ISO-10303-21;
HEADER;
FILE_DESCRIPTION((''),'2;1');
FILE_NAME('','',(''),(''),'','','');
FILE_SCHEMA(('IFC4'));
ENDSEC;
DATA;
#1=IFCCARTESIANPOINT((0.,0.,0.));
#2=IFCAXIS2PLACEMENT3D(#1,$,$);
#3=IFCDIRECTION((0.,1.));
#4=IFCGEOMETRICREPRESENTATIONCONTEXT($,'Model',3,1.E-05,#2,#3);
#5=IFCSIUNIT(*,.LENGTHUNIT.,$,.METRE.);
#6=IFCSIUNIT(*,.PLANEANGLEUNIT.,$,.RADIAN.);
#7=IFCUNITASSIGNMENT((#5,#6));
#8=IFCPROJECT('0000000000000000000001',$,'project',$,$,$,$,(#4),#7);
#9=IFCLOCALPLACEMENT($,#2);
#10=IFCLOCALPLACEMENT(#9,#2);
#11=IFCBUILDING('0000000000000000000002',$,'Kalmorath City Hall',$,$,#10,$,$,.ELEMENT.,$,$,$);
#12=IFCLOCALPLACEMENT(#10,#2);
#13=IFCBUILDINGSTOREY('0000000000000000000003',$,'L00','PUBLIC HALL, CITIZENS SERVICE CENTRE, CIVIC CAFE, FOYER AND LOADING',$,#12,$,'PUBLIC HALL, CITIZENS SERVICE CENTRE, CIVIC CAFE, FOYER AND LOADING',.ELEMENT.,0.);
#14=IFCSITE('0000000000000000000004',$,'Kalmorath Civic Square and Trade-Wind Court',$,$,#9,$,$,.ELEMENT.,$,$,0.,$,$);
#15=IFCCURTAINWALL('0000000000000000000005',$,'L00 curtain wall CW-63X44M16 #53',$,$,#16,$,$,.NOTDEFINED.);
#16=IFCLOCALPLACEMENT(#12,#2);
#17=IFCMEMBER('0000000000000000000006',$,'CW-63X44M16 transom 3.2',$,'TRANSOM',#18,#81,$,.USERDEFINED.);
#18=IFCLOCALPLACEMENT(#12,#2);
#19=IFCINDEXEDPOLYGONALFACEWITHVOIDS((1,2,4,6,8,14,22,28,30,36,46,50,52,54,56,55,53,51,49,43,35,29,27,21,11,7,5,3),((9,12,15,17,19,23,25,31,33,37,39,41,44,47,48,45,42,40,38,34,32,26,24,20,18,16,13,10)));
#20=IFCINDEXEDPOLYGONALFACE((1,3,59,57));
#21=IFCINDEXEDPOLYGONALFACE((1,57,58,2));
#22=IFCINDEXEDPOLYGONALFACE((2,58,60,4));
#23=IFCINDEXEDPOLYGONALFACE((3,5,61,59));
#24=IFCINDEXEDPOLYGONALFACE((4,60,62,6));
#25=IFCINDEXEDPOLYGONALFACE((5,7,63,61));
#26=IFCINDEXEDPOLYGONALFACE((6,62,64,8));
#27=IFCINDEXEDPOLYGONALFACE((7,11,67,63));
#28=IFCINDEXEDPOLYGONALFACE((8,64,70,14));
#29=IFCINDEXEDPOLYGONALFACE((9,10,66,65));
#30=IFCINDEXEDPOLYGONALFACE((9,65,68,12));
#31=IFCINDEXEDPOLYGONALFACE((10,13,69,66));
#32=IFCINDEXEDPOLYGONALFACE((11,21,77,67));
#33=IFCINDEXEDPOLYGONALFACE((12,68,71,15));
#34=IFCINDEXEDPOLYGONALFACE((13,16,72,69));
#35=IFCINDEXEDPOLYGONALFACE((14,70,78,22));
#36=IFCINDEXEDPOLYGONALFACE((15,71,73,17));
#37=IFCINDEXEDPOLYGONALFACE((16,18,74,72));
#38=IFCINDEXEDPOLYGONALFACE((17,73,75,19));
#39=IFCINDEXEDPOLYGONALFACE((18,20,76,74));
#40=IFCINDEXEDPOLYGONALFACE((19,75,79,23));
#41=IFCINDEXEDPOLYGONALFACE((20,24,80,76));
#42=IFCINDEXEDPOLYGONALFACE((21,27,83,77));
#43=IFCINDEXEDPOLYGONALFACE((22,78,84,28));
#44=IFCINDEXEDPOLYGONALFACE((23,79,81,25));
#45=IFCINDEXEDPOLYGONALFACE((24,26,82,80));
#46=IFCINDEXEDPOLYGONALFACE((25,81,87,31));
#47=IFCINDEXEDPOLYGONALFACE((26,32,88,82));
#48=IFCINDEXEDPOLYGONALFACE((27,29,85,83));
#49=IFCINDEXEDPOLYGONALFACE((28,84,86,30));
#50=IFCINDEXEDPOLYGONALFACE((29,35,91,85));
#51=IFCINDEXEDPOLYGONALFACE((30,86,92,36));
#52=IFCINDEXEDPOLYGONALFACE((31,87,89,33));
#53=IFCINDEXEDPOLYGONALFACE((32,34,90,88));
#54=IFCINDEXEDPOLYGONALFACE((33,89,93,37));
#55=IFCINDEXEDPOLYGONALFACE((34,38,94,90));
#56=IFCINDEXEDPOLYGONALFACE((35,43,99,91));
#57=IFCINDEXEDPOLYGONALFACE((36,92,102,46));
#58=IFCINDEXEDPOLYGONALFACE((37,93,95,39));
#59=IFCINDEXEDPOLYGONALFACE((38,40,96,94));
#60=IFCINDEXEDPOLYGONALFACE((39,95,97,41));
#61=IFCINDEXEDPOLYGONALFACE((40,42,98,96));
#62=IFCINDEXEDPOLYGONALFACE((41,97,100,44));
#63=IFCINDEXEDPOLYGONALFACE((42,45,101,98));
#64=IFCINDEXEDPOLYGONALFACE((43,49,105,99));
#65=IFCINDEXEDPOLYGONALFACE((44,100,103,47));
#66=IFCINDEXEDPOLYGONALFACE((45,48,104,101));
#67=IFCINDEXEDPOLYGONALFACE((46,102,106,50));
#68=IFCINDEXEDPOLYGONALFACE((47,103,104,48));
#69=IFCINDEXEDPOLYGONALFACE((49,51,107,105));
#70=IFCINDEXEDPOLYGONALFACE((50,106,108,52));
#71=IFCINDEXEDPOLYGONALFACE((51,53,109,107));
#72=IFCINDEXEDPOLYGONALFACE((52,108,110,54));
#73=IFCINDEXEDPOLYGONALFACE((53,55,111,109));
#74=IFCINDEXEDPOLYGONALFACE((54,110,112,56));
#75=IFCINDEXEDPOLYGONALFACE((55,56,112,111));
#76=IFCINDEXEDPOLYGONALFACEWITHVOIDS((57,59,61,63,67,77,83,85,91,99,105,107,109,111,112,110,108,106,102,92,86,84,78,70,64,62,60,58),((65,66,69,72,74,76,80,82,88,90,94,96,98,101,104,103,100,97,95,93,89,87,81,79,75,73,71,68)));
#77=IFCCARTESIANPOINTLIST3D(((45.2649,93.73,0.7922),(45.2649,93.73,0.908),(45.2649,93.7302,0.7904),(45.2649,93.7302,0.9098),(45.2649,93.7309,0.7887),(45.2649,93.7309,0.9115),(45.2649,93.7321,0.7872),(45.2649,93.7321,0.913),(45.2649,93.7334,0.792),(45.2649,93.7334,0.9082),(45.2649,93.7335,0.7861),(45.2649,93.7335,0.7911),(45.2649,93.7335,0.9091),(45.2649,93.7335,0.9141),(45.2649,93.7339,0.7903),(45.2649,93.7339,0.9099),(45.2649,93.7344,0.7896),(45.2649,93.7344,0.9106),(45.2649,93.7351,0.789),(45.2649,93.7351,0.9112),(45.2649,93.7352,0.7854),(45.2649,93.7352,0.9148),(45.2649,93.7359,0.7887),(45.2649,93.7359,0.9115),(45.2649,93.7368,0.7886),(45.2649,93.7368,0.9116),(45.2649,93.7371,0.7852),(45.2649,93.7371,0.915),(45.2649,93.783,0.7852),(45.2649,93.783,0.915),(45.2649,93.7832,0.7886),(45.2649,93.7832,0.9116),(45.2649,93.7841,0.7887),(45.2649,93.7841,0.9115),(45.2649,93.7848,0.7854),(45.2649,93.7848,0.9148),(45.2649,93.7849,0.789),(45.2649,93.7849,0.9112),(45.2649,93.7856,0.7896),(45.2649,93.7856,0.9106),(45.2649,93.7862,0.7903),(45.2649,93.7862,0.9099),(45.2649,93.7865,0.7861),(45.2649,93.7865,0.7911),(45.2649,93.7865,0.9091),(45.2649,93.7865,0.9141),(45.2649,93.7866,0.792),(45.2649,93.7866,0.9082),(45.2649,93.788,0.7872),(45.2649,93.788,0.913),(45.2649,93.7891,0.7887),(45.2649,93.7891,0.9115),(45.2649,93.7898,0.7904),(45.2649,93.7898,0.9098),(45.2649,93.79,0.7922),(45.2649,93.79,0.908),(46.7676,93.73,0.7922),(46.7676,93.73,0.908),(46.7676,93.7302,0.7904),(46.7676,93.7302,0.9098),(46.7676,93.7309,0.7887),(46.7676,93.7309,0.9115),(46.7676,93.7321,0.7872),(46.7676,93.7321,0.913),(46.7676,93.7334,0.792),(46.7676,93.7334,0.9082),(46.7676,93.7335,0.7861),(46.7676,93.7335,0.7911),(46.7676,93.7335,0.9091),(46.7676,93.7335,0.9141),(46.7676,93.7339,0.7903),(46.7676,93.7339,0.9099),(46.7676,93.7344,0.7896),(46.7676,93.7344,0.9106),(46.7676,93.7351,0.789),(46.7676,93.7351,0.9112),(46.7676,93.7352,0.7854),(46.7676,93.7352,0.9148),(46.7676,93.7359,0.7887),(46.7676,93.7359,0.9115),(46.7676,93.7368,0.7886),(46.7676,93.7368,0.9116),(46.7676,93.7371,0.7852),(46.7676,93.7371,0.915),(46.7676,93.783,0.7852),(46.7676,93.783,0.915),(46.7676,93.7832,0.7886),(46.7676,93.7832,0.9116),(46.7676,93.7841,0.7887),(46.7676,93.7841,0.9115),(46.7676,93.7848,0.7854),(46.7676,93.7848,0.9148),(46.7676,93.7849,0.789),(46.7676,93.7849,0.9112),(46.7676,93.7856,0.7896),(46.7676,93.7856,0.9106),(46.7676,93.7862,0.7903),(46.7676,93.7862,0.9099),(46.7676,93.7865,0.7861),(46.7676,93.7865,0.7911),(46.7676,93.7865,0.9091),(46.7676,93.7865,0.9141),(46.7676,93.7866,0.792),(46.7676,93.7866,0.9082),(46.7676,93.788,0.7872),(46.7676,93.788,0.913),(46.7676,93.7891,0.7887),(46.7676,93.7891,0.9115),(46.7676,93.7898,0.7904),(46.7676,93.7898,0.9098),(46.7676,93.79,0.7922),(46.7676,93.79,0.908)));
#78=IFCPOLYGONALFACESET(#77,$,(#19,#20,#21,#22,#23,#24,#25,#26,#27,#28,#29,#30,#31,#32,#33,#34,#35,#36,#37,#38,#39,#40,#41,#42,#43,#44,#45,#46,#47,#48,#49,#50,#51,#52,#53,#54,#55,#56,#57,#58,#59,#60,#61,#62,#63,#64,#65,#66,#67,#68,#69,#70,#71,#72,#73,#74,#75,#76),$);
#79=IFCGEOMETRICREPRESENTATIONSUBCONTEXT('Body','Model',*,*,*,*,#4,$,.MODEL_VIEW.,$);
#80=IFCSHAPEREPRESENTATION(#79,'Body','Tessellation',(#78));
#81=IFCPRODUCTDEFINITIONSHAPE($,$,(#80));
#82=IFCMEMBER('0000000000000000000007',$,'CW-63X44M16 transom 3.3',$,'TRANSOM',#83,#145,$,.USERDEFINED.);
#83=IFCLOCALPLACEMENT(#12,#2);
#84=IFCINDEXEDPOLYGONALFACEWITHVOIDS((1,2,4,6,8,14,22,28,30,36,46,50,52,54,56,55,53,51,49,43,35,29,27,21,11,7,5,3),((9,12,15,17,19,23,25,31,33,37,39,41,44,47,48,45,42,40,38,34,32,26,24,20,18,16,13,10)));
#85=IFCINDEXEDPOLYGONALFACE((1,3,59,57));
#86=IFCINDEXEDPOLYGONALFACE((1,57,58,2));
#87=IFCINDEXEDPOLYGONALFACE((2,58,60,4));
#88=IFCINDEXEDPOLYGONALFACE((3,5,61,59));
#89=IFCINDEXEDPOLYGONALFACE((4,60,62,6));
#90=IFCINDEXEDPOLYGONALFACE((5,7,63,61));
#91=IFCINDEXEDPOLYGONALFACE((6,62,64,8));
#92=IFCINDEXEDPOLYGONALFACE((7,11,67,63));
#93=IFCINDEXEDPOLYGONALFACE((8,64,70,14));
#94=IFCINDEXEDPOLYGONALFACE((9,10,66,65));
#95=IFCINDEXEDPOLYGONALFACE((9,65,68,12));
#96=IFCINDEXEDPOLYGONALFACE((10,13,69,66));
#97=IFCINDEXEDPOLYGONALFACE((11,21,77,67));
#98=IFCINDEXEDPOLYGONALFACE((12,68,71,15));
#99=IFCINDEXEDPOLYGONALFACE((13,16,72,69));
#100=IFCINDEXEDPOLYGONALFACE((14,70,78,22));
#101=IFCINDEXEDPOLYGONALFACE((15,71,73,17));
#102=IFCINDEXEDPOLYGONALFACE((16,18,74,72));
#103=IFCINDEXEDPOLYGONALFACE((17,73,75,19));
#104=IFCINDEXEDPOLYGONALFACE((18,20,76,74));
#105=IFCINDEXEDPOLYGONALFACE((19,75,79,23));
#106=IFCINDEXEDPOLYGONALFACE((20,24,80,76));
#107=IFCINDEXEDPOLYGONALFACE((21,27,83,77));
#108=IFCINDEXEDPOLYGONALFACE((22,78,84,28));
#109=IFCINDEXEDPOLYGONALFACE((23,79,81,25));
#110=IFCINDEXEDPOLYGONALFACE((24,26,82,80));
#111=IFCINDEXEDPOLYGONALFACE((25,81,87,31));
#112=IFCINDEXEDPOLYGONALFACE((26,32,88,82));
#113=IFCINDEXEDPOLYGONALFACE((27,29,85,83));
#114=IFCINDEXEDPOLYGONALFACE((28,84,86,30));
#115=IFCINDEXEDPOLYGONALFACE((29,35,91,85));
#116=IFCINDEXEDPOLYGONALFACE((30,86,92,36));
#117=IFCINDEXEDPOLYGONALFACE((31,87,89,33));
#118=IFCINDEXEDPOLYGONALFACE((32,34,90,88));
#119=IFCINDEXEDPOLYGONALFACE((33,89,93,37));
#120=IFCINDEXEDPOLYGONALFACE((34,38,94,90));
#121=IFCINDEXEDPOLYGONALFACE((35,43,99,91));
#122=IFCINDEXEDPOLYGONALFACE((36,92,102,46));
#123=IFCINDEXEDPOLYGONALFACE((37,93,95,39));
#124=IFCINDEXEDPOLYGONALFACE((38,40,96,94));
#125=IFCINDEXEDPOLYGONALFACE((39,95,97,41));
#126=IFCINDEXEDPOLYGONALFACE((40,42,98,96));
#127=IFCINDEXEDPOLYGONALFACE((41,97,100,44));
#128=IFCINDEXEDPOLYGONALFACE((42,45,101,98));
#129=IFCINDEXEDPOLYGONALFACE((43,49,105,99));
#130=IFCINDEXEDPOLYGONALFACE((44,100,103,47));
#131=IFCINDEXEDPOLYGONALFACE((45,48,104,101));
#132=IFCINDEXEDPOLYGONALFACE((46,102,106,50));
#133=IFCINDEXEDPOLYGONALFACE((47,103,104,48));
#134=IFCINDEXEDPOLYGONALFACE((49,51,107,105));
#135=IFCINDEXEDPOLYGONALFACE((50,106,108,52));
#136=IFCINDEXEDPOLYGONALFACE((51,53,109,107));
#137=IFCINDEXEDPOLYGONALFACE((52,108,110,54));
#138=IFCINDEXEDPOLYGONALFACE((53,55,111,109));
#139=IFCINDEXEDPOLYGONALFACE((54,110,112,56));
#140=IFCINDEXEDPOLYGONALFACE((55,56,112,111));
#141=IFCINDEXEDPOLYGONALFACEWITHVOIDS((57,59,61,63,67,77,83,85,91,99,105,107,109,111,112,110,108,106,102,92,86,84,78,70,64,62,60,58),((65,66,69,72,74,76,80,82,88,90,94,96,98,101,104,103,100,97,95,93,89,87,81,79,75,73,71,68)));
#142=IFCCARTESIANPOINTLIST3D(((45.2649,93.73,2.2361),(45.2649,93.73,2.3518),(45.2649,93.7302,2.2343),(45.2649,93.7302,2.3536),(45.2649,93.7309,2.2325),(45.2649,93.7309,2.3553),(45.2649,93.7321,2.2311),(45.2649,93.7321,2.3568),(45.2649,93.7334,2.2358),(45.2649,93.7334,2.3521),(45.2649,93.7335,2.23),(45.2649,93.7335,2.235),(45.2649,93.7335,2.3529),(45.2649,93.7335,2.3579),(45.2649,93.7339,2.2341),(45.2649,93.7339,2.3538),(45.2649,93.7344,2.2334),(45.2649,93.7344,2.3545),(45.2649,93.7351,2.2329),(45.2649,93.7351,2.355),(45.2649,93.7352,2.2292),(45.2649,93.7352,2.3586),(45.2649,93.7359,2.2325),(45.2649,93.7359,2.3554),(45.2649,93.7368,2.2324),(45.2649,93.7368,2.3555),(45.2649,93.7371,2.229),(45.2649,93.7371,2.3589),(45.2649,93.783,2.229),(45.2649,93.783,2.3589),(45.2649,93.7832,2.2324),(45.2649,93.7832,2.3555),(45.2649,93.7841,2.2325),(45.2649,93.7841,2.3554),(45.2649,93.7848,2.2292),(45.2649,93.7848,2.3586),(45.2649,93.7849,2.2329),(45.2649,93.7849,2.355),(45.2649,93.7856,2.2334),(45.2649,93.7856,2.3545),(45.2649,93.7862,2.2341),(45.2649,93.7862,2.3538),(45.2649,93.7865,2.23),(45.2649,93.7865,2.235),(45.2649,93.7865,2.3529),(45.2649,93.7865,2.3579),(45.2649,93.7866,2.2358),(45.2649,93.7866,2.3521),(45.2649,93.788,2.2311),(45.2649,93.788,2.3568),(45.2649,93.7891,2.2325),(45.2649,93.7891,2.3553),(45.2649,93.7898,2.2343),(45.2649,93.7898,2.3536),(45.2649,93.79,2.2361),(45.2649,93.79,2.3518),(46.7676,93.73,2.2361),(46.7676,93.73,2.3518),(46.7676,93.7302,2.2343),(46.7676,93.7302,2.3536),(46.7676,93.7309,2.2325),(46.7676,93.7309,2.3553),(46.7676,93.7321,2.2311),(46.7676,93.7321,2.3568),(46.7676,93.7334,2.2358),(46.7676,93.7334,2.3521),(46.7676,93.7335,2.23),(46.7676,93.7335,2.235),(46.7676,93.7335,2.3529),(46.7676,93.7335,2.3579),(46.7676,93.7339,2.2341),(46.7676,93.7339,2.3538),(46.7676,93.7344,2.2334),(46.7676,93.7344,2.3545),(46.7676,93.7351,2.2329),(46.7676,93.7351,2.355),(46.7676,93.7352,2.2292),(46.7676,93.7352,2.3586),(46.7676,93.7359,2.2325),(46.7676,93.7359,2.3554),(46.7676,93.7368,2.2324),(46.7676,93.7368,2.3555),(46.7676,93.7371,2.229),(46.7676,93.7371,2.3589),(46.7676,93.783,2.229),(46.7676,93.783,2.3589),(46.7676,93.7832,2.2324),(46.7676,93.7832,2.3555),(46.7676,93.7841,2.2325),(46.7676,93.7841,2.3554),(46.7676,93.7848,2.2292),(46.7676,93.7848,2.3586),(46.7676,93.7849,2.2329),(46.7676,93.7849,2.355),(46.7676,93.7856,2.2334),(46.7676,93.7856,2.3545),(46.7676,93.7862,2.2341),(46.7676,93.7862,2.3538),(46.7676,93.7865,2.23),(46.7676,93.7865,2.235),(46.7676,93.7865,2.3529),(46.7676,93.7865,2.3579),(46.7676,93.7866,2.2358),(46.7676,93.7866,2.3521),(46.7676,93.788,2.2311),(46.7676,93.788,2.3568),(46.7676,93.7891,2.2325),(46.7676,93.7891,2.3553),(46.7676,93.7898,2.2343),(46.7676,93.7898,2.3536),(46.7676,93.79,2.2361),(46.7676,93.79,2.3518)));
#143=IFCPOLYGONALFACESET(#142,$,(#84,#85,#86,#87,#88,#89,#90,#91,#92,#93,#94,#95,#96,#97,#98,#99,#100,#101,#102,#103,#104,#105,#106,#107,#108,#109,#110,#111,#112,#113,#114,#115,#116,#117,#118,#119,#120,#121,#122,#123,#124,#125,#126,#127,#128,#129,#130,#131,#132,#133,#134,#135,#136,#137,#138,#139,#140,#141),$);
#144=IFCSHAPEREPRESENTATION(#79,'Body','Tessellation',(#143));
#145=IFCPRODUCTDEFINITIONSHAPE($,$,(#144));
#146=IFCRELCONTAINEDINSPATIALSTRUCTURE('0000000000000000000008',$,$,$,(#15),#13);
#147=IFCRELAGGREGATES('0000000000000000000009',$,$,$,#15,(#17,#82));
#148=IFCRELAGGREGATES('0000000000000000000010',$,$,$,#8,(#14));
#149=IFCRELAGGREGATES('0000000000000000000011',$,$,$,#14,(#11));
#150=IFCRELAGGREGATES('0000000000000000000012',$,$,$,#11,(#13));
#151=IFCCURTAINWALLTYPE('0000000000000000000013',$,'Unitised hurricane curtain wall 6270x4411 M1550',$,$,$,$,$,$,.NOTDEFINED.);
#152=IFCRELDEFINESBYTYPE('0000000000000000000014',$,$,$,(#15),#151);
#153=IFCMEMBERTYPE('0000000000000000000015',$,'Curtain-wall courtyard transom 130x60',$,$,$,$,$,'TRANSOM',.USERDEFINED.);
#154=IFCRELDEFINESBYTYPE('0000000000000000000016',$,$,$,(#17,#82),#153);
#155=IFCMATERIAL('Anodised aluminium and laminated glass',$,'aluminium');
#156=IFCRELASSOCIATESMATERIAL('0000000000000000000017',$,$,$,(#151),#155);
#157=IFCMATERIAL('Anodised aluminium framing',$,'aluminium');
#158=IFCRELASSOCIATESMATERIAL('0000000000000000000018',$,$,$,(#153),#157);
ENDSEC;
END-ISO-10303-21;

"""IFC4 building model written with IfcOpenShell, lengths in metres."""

from ifc_helpers import new_model, si_unit, direction, frame, origin, origin_2d, place, context, subcontext, project, spatial, hollow_rectangle, extrude, material, material_profile, profile_set, type_object, element, aggregate, save


model = new_model("IFC4")

# Units and contexts
model_context = context("Model", 3, precision=1e-05, world=origin(), true_north=direction((0.0, 1.0)))
body_context = subcontext(model_context, "Body", "Model", "MODEL_VIEW")
ifc_project = project(units=[si_unit("LENGTHUNIT", "METRE"), si_unit("PLANEANGLEUNIT", "RADIAN")], contexts=[model_context])

# Site, building, storey
site_placement = place(None, origin())
site = spatial("IfcSite", under=ifc_project, at=site_placement, Name="Kalmorath Civic Square and Trade-Wind Court", CompositionType="ELEMENT", RefElevation=0.0)
building_placement = place(site_placement, origin())
building = spatial("IfcBuilding", under=site, at=building_placement, Name="Kalmorath City Hall", CompositionType="ELEMENT")
storey_placement = place(building_placement, origin())
storey = spatial("IfcBuildingStorey", under=building, at=storey_placement, Name="L00", Description="PUBLIC HALL, CITIZENS SERVICE CENTRE, CIVIC CAFE, FOYER AND LOADING", LongName="PUBLIC HALL, CITIZENS SERVICE CENTRE, CIVIC CAFE, FOYER AND LOADING", CompositionType="ELEMENT", Elevation=0.0)

# Curtain wall, members
ifc_material_1 = material(Name="Anodised aluminium and laminated glass", Category="aluminium")
curtain_wall_type = type_object("IfcCurtainWallType", Name="Unitised hurricane curtain wall 6270x4411 M1550", PredefinedType="NOTDEFINED", material=ifc_material_1)
curtain_wall_placement = place(storey_placement, origin())
curtain_wall = element("IfcCurtainWall", 1, at=curtain_wall_placement, inside=storey, type_object=curtain_wall_type, Name="L00 curtain wall CW-63X44M16 #53", PredefinedType="NOTDEFINED")
ifc_material_2 = material(Name="Anodised aluminium framing", Category="aluminium")
ifc_material_profile_1 = material_profile(ifc_material_2, hollow_rectangle(XDim=0.0601, YDim=0.1299, WallThickness=0.0034, InnerFilletRadius=0.0034, OuterFilletRadius=0.0071, at=origin_2d()), Name="ALU-TRN-130X60X3.5")
ifc_profile_set_1 = profile_set([ifc_material_profile_1], Name="Anodised aluminium framing")
member_type_1 = type_object("IfcMemberType", Name="Curtain-wall courtyard transom 130x60", ElementType="TRANSOM", PredefinedType="USERDEFINED", material=ifc_profile_set_1)
member_1_placement = place(storey_placement, frame((46.7676, 93.76, 0.8501), z_axis=(-1.0, 0.0, 0.0), x_axis=(0.0, -1.0, 0.0)))
member_1 = element("IfcMember", 2, at=member_1_placement, type_object=member_type_1, Name="CW-63X44M16 transom 3.2", ObjectType="TRANSOM", PredefinedType="USERDEFINED", context=body_context, shape_type="SweptSolid", body=[
    extrude(hollow_rectangle(XDim=0.0601, YDim=0.1299, WallThickness=0.0034, InnerFilletRadius=0.0034, OuterFilletRadius=0.0071, at=origin_2d()), origin(), (0.0, 0.0, 1.0), 1.5027),
])
member_2_placement = place(storey_placement, frame((46.7676, 93.76, 2.2939), z_axis=(-1.0, 0.0, 0.0), x_axis=(0.0, -1.0, 0.0)))
member_2 = element("IfcMember", 3, at=member_2_placement, type_object=member_type_1, Name="CW-63X44M16 transom 3.3", ObjectType="TRANSOM", PredefinedType="USERDEFINED", context=body_context, shape_type="SweptSolid", body=[
    extrude(hollow_rectangle(XDim=0.0601, YDim=0.1299, WallThickness=0.0034, InnerFilletRadius=0.0034, OuterFilletRadius=0.0071, at=origin_2d()), origin(), (0.0, 0.0, 1.0), 1.5027),
])
aggregate(curtain_wall, [member_1, member_2])

save(model, "model.ifc")
